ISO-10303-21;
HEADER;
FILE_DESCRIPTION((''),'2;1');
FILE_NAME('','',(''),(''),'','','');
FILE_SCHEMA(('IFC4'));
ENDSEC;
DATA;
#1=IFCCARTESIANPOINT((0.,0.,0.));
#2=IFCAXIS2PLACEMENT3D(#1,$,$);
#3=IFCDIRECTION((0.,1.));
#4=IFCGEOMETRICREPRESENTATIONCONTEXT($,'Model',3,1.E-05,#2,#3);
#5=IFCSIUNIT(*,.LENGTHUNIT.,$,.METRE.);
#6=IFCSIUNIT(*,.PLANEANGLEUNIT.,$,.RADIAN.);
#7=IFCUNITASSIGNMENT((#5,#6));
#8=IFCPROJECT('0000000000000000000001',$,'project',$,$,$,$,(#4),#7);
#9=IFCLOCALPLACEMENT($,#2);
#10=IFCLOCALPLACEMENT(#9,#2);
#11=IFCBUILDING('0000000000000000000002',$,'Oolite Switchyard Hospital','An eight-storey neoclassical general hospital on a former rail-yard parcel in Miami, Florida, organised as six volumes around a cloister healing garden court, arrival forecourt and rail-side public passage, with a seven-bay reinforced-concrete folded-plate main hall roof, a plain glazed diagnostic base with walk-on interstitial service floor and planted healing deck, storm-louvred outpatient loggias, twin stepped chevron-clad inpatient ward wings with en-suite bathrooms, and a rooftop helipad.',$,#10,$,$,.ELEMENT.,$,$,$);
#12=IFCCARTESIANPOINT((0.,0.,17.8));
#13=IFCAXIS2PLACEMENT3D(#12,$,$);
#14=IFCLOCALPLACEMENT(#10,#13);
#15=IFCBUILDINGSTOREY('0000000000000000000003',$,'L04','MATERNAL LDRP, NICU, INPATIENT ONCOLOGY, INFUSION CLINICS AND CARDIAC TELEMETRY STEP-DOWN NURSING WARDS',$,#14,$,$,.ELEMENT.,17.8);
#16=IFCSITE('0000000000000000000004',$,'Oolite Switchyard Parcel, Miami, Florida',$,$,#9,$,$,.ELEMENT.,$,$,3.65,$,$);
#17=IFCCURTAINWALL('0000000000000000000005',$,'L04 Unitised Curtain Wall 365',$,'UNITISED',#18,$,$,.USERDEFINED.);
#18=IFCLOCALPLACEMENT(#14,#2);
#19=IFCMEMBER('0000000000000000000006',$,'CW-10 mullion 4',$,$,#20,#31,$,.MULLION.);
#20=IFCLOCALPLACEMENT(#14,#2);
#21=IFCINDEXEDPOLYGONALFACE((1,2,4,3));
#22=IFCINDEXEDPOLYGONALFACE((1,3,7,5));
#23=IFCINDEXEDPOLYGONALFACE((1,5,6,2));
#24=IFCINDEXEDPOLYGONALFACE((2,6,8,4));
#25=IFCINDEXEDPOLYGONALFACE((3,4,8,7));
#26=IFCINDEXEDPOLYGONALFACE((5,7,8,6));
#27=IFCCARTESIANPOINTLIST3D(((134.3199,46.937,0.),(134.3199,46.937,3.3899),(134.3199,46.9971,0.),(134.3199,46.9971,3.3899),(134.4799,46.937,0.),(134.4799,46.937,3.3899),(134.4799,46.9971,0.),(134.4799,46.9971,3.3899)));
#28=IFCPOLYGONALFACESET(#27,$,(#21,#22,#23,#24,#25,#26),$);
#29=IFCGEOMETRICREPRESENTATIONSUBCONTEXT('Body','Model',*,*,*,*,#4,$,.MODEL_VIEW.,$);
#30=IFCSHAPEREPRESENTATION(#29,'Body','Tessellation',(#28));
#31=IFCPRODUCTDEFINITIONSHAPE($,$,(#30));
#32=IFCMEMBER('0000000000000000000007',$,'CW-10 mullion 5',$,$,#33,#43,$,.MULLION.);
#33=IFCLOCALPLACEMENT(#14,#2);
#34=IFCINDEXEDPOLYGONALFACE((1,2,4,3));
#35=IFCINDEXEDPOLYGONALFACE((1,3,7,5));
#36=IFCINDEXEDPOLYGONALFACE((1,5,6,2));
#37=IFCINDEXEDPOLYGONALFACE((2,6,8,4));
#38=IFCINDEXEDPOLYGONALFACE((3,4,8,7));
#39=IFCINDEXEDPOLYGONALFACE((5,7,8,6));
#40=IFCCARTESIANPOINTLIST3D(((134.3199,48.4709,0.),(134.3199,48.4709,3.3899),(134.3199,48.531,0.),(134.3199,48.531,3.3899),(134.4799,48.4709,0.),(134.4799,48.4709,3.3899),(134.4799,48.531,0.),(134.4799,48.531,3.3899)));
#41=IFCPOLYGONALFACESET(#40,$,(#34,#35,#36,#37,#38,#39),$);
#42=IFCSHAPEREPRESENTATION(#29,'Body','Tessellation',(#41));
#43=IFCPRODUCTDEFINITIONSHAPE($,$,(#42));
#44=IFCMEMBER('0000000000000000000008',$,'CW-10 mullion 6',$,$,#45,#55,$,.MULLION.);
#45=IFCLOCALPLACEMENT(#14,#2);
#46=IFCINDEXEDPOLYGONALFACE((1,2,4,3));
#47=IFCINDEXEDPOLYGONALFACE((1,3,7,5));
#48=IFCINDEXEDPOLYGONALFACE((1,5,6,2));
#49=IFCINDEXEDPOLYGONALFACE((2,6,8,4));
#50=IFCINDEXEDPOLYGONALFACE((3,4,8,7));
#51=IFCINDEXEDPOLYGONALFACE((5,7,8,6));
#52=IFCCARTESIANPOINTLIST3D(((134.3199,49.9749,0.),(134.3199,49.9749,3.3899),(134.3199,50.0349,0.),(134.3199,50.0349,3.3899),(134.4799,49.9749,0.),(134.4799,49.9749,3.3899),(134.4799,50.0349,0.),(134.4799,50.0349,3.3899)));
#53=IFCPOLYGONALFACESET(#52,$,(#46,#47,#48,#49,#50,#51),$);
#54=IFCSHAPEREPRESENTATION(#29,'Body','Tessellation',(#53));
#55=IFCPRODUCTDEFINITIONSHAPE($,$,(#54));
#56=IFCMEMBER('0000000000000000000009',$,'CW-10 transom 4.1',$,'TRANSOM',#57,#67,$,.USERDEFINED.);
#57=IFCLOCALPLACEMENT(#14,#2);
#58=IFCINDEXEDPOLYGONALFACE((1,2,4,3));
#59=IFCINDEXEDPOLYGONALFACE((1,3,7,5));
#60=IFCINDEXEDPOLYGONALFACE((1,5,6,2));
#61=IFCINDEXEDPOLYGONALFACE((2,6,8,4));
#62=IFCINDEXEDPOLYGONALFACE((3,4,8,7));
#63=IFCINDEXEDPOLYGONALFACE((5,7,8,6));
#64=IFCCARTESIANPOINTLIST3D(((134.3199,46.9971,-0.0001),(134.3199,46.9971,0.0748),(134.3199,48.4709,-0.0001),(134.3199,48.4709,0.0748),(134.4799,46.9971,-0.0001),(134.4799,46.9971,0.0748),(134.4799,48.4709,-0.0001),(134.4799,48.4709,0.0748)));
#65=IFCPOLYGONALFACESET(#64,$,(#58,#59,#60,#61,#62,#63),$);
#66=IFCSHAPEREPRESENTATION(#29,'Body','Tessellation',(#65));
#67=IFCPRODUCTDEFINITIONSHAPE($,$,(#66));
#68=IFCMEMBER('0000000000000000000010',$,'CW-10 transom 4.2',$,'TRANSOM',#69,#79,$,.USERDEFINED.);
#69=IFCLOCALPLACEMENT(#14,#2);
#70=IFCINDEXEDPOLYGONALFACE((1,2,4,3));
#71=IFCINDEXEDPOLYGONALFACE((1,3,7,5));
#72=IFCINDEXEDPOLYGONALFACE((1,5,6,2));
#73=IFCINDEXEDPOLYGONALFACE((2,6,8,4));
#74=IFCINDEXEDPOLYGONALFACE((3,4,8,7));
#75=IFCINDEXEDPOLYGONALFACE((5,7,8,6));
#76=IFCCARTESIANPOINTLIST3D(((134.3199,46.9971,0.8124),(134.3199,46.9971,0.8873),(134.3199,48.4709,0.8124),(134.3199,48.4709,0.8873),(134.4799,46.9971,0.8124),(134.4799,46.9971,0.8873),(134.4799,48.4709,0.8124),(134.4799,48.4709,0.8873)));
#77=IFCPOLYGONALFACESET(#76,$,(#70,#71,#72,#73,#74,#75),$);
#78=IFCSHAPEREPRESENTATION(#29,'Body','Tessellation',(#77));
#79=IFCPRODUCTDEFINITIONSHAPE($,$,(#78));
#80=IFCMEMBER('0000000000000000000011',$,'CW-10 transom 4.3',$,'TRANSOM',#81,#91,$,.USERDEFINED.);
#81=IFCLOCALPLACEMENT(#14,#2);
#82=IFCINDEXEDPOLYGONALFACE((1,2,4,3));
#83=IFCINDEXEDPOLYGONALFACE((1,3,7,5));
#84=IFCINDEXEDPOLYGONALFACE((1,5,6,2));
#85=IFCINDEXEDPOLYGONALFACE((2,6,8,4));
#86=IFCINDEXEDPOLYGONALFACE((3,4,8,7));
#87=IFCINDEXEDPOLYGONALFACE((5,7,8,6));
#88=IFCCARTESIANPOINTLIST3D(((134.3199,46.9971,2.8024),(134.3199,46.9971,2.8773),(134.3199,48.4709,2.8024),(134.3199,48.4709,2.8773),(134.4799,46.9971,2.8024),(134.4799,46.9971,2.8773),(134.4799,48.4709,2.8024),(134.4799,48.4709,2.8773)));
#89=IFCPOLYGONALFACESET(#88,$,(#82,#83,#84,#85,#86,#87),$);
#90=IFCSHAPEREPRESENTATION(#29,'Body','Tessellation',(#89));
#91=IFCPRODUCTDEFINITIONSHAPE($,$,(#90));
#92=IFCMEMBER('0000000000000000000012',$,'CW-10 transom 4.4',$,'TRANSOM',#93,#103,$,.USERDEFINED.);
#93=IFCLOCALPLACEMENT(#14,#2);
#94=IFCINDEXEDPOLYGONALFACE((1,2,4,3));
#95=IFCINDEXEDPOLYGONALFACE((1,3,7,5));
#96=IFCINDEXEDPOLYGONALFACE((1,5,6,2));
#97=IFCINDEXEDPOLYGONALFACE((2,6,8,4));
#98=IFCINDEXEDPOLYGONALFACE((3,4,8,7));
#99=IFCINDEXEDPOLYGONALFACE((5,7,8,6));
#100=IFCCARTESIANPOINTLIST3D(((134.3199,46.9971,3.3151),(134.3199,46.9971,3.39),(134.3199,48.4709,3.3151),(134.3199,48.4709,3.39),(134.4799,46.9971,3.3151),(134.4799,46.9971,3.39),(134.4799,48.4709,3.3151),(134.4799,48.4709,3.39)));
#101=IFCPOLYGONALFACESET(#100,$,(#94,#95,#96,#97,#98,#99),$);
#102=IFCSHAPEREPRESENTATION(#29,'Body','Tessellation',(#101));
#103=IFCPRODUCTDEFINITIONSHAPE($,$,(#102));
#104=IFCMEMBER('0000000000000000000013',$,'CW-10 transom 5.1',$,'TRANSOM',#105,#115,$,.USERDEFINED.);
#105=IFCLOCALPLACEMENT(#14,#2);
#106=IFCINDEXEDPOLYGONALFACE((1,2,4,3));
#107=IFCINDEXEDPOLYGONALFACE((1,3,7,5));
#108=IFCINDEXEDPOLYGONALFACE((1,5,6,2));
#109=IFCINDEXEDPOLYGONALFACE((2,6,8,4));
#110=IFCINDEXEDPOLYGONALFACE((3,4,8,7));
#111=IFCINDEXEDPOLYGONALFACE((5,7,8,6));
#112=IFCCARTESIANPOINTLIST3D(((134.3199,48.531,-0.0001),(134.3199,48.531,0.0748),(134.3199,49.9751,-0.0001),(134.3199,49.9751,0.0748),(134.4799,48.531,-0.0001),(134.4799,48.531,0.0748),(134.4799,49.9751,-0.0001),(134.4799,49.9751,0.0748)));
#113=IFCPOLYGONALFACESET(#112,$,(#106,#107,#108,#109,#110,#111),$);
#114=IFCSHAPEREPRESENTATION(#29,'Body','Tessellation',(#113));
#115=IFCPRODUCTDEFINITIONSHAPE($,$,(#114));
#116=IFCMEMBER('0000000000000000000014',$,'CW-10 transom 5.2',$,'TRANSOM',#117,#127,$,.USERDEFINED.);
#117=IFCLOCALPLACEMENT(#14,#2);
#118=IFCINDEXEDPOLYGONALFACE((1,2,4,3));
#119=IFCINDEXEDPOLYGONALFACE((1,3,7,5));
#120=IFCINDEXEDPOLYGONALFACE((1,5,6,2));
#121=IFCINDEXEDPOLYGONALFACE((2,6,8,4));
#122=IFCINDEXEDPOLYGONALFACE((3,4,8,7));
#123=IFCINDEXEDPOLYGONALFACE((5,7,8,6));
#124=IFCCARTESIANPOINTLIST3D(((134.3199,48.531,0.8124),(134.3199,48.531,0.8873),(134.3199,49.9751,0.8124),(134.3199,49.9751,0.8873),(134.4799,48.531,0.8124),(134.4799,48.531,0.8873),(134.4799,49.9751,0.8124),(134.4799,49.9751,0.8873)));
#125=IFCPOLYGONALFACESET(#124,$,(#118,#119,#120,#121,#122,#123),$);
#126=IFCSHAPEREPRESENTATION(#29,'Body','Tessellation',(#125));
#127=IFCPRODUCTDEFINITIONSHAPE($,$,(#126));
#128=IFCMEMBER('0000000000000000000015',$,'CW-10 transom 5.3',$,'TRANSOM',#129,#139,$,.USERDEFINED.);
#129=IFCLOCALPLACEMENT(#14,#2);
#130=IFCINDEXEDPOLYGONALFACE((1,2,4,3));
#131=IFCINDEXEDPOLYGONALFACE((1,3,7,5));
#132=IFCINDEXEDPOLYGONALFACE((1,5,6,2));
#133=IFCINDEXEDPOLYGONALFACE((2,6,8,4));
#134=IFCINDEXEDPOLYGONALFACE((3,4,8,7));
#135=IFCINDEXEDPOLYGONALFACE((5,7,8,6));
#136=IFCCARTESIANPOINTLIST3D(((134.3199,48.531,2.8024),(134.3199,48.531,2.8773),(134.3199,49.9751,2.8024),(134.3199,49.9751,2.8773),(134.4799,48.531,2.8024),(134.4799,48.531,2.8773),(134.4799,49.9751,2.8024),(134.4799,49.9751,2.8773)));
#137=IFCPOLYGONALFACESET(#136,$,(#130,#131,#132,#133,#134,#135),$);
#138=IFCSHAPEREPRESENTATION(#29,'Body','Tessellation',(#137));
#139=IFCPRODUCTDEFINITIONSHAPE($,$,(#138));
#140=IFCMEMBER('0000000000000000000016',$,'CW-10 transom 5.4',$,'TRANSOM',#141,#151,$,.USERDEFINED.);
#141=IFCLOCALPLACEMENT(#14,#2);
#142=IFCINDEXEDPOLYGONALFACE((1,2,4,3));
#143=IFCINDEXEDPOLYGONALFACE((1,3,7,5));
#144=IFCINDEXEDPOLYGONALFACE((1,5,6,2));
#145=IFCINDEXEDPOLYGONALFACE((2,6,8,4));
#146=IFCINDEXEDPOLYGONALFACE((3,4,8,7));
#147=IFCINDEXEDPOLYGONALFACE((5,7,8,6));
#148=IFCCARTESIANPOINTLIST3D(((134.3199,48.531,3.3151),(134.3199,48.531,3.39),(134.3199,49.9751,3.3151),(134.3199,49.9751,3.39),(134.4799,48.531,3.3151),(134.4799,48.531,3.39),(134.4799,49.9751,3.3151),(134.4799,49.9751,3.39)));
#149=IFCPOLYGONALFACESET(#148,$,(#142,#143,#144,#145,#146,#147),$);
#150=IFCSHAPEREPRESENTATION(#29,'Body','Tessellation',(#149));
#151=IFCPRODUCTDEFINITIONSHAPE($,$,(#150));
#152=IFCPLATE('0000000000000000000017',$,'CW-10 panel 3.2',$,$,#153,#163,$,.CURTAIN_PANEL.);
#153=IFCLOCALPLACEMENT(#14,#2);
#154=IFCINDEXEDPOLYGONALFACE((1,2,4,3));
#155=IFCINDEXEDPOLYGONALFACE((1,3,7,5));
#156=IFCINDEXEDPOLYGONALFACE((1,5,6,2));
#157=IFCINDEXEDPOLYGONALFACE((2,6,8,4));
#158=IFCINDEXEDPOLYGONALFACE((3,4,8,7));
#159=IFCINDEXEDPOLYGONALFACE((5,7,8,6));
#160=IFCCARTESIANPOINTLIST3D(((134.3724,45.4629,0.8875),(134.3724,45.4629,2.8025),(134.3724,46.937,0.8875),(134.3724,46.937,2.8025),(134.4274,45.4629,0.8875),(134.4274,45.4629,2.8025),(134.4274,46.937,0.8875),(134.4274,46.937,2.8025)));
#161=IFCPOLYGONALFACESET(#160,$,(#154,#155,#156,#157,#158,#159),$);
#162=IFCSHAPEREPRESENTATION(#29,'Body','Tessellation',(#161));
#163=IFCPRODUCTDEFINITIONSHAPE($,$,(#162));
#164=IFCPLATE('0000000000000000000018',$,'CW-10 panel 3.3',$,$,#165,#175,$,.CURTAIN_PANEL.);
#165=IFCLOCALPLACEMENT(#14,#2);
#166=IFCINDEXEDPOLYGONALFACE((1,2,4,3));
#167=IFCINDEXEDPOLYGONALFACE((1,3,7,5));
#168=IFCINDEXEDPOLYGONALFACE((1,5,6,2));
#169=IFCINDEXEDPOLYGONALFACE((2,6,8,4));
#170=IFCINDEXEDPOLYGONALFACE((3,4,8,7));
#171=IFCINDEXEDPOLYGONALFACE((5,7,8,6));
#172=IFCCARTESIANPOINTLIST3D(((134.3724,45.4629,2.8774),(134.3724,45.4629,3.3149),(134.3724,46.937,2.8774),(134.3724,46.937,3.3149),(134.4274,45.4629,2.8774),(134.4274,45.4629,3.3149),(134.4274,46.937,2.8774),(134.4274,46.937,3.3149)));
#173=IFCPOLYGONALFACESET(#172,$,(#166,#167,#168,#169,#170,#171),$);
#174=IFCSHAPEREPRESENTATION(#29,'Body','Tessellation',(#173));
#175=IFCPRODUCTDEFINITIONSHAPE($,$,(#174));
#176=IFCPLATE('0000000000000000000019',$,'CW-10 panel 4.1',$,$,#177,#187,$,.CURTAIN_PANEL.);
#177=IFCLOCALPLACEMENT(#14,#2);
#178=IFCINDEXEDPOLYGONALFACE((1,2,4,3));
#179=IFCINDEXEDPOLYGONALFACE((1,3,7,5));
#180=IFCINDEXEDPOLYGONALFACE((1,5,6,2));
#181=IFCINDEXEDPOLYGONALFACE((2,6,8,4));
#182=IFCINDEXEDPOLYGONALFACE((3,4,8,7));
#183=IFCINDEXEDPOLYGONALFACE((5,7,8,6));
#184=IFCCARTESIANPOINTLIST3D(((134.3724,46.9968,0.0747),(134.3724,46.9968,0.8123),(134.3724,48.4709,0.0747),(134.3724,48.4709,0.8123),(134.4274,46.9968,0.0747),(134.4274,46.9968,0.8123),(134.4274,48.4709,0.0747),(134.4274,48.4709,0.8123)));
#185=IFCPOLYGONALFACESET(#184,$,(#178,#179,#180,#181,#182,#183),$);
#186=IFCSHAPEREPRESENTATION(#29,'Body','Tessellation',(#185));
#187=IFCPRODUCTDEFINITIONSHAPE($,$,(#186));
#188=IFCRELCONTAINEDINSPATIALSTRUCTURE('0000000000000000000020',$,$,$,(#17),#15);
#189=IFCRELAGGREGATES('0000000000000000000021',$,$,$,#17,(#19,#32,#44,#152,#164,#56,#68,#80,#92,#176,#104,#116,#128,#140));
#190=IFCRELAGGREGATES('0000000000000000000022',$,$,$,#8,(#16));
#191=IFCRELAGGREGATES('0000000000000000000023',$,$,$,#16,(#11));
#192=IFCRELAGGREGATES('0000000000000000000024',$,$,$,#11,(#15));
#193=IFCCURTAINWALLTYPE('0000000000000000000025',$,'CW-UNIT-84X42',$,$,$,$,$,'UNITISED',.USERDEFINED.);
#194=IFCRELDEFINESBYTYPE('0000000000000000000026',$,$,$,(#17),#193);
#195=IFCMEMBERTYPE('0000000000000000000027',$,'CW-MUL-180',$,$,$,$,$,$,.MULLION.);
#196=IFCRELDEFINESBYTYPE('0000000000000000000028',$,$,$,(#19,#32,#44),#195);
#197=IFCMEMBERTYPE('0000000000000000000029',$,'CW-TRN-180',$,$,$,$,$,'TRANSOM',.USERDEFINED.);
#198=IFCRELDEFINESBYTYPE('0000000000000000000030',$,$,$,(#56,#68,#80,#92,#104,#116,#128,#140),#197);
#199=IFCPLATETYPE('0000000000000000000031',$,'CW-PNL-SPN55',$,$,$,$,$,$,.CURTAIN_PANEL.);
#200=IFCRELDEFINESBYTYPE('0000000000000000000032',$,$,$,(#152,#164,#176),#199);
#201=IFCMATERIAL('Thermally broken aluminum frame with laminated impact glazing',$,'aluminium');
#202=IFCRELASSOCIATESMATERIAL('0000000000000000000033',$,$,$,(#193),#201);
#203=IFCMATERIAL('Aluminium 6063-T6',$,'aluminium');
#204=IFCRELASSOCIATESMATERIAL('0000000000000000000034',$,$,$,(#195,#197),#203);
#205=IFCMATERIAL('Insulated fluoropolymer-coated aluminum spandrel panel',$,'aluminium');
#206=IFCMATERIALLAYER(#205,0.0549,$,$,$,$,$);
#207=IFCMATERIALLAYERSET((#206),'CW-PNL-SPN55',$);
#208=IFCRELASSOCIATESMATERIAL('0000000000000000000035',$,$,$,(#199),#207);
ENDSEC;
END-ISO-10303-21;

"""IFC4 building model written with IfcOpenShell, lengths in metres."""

from ifc_helpers import new_model, si_unit, direction, frame, origin, origin_2d, place, context, subcontext, project, spatial, rectangle, extrude, material, layer, layer_set, material_profile, profile_set, type_object, element, aggregate, save


model = new_model("IFC4")

# Units and contexts
model_context = context("Model", 3, precision=1e-05, world=origin(), true_north=direction((0.0, 1.0)))
body_context = subcontext(model_context, "Body", "Model", "MODEL_VIEW")
ifc_project = project(units=[si_unit("LENGTHUNIT", "METRE"), si_unit("PLANEANGLEUNIT", "RADIAN")], contexts=[model_context])

# Site, building, storey
site_placement = place(None, origin())
site = spatial("IfcSite", under=ifc_project, at=site_placement, Name="Oolite Switchyard Parcel, Miami, Florida", CompositionType="ELEMENT", RefElevation=3.65)
building_placement = place(site_placement, origin())
building = spatial("IfcBuilding", under=site, at=building_placement, Name="Oolite Switchyard Hospital", Description="An eight-storey neoclassical general hospital on a former rail-yard parcel in Miami, Florida, organised as six volumes around a cloister healing garden court, arrival forecourt and rail-side public passage, with a seven-bay reinforced-concrete folded-plate main hall roof, a plain glazed diagnostic base with walk-on interstitial service floor and planted healing deck, storm-louvred outpatient loggias, twin stepped chevron-clad inpatient ward wings with en-suite bathrooms, and a rooftop helipad.", CompositionType="ELEMENT")
storey_placement = place(building_placement, frame((0.0, 0.0, 17.8)))
storey = spatial("IfcBuildingStorey", under=building, at=storey_placement, Name="L04", Description="MATERNAL LDRP, NICU, INPATIENT ONCOLOGY, INFUSION CLINICS AND CARDIAC TELEMETRY STEP-DOWN NURSING WARDS", CompositionType="ELEMENT", Elevation=17.8)

# Curtain wall, members, plates
ifc_material_1 = material(Name="Thermally broken aluminum frame with laminated impact glazing", Category="aluminium")
curtain_wall_type = type_object("IfcCurtainWallType", Name="CW-UNIT-84X42", ElementType="UNITISED", PredefinedType="USERDEFINED", material=ifc_material_1)
curtain_wall_placement = place(storey_placement, origin())
curtain_wall = element("IfcCurtainWall", 1, at=curtain_wall_placement, inside=storey, type_object=curtain_wall_type, Name="L04 Unitised Curtain Wall 365", ObjectType="UNITISED", PredefinedType="USERDEFINED")
ifc_material_2 = material(Name="Aluminium 6063-T6", Category="aluminium")
ifc_material_profile_1 = material_profile(ifc_material_2, rectangle(XDim=0.1599, YDim=0.0601, at=origin_2d()), Name="CWM60X160")
ifc_profile_set_1 = profile_set([ifc_material_profile_1], Name="Aluminium 6063-T6")
member_type_1 = type_object("IfcMemberType", Name="CW-MUL-180", PredefinedType="MULLION", material=ifc_profile_set_1)
member_1_placement = place(storey_placement, frame((134.3999, 46.967, 0.0), z_axis=(0.0, 0.0, 1.0), x_axis=(-1.0, 0.0, 0.0)))
member_1 = element("IfcMember", 2, at=member_1_placement, type_object=member_type_1, Name="CW-10 mullion 4", PredefinedType="MULLION", context=body_context, shape_type="SweptSolid", body=[
    extrude(rectangle(XDim=0.1599, YDim=0.0601, at=origin_2d()), origin(), (0.0, 0.0, 1.0), 3.3899),
])
member_2_placement = place(storey_placement, frame((134.3999, 48.501, 0.0), z_axis=(0.0, 0.0, 1.0), x_axis=(-1.0, 0.0, 0.0)))
member_2 = element("IfcMember", 3, at=member_2_placement, type_object=member_type_1, Name="CW-10 mullion 5", PredefinedType="MULLION", context=body_context, shape_type="SweptSolid", body=[
    extrude(rectangle(XDim=0.1599, YDim=0.0601, at=origin_2d()), origin(), (0.0, 0.0, 1.0), 3.3899),
])
member_3_placement = place(storey_placement, frame((134.3999, 50.0049, 0.0), z_axis=(0.0, 0.0, 1.0), x_axis=(-1.0, 0.0, 0.0)))
member_3 = element("IfcMember", 4, at=member_3_placement, type_object=member_type_1, Name="CW-10 mullion 6", PredefinedType="MULLION", context=body_context, shape_type="SweptSolid", body=[
    extrude(rectangle(XDim=0.1599, YDim=0.0601, at=origin_2d()), origin(), (0.0, 0.0, 1.0), 3.3899),
])
ifc_material_profile_2 = material_profile(ifc_material_2, rectangle(XDim=0.1599, YDim=0.075, at=origin_2d()), Name="CWT75X160")
ifc_profile_set_2 = profile_set([ifc_material_profile_2], Name="Aluminium 6063-T6")
member_type_2 = type_object("IfcMemberType", Name="CW-TRN-180", ElementType="TRANSOM", PredefinedType="USERDEFINED", material=ifc_profile_set_2)
member_4_placement = place(storey_placement, frame((134.3999, 46.9971, 0.0374), z_axis=(0.0, 1.0, 0.0), x_axis=(-1.0, 0.0, 0.0)))
member_4 = element("IfcMember", 5, at=member_4_placement, type_object=member_type_2, Name="CW-10 transom 4.1", ObjectType="TRANSOM", PredefinedType="USERDEFINED", context=body_context, shape_type="SweptSolid", body=[
    extrude(rectangle(XDim=0.1599, YDim=0.075, at=origin_2d()), origin(), (0.0, 0.0, 1.0), 1.4739),
])
member_5_placement = place(storey_placement, frame((134.3999, 46.9971, 0.8499), z_axis=(0.0, 1.0, 0.0), x_axis=(-1.0, 0.0, 0.0)))
member_5 = element("IfcMember", 6, at=member_5_placement, type_object=member_type_2, Name="CW-10 transom 4.2", ObjectType="TRANSOM", PredefinedType="USERDEFINED", context=body_context, shape_type="SweptSolid", body=[
    extrude(rectangle(XDim=0.1599, YDim=0.075, at=origin_2d()), origin(), (0.0, 0.0, 1.0), 1.4739),
])
member_6_placement = place(storey_placement, frame((134.3999, 46.9971, 2.8398), z_axis=(0.0, 1.0, 0.0), x_axis=(-1.0, 0.0, 0.0)))
member_6 = element("IfcMember", 7, at=member_6_placement, type_object=member_type_2, Name="CW-10 transom 4.3", ObjectType="TRANSOM", PredefinedType="USERDEFINED", context=body_context, shape_type="SweptSolid", body=[
    extrude(rectangle(XDim=0.1599, YDim=0.075, at=origin_2d()), origin(), (0.0, 0.0, 1.0), 1.4739),
])
member_7_placement = place(storey_placement, frame((134.3999, 46.9971, 3.3525), z_axis=(0.0, 1.0, 0.0), x_axis=(-1.0, 0.0, 0.0)))
member_7 = element("IfcMember", 8, at=member_7_placement, type_object=member_type_2, Name="CW-10 transom 4.4", ObjectType="TRANSOM", PredefinedType="USERDEFINED", context=body_context, shape_type="SweptSolid", body=[
    extrude(rectangle(XDim=0.1599, YDim=0.075, at=origin_2d()), origin(), (0.0, 0.0, 1.0), 1.4739),
])
member_8_placement = place(storey_placement, frame((134.3999, 48.531, 0.0374), z_axis=(0.0, 1.0, 0.0), x_axis=(-1.0, 0.0, 0.0)))
member_8 = element("IfcMember", 9, at=member_8_placement, type_object=member_type_2, Name="CW-10 transom 5.1", ObjectType="TRANSOM", PredefinedType="USERDEFINED", context=body_context, shape_type="SweptSolid", body=[
    extrude(rectangle(XDim=0.1599, YDim=0.075, at=origin_2d()), origin(), (0.0, 0.0, 1.0), 1.4441),
])
member_9_placement = place(storey_placement, frame((134.3999, 48.531, 0.8499), z_axis=(0.0, 1.0, 0.0), x_axis=(-1.0, 0.0, 0.0)))
member_9 = element("IfcMember", 10, at=member_9_placement, type_object=member_type_2, Name="CW-10 transom 5.2", ObjectType="TRANSOM", PredefinedType="USERDEFINED", context=body_context, shape_type="SweptSolid", body=[
    extrude(rectangle(XDim=0.1599, YDim=0.075, at=origin_2d()), origin(), (0.0, 0.0, 1.0), 1.4441),
])
member_10_placement = place(storey_placement, frame((134.3999, 48.531, 2.8398), z_axis=(0.0, 1.0, 0.0), x_axis=(-1.0, 0.0, 0.0)))
member_10 = element("IfcMember", 11, at=member_10_placement, type_object=member_type_2, Name="CW-10 transom 5.3", ObjectType="TRANSOM", PredefinedType="USERDEFINED", context=body_context, shape_type="SweptSolid", body=[
    extrude(rectangle(XDim=0.1599, YDim=0.075, at=origin_2d()), origin(), (0.0, 0.0, 1.0), 1.4441),
])
member_11_placement = place(storey_placement, frame((134.3999, 48.531, 3.3525), z_axis=(0.0, 1.0, 0.0), x_axis=(-1.0, 0.0, 0.0)))
member_11 = element("IfcMember", 12, at=member_11_placement, type_object=member_type_2, Name="CW-10 transom 5.4", ObjectType="TRANSOM", PredefinedType="USERDEFINED", context=body_context, shape_type="SweptSolid", body=[
    extrude(rectangle(XDim=0.1599, YDim=0.075, at=origin_2d()), origin(), (0.0, 0.0, 1.0), 1.4441),
])
ifc_material_3 = material(Name="Insulated fluoropolymer-coated aluminum spandrel panel", Category="aluminium")
ifc_layer_1 = layer(ifc_material_3, 0.0549)
ifc_layer_set_1 = layer_set([ifc_layer_1], Name="CW-PNL-SPN55")
plate_type = type_object("IfcPlateType", Name="CW-PNL-SPN55", PredefinedType="CURTAIN_PANEL", material=ifc_layer_set_1)
plate_1_placement = place(storey_placement, frame((134.3999, 46.2, 0.8875), z_axis=(0.0, 0.0, 1.0), x_axis=(0.0, 1.0, 0.0)))
plate_1 = element("IfcPlate", 13, at=plate_1_placement, type_object=plate_type, Name="CW-10 panel 3.2", PredefinedType="CURTAIN_PANEL", context=body_context, shape_type="SweptSolid", body=[
    extrude(rectangle(XDim=1.4741, YDim=0.0549, at=origin_2d()), origin(), (0.0, 0.0, 1.0), 1.915),
])
plate_2_placement = place(storey_placement, frame((134.3999, 46.2, 2.8774), z_axis=(0.0, 0.0, 1.0), x_axis=(0.0, 1.0, 0.0)))
plate_2 = element("IfcPlate", 14, at=plate_2_placement, type_object=plate_type, Name="CW-10 panel 3.3", PredefinedType="CURTAIN_PANEL", context=body_context, shape_type="SweptSolid", body=[
    extrude(rectangle(XDim=1.4741, YDim=0.0549, at=origin_2d()), origin(), (0.0, 0.0, 1.0), 0.4375),
])
plate_3_placement = place(storey_placement, frame((134.3999, 47.7339, 0.0747), z_axis=(0.0, 0.0, 1.0), x_axis=(0.0, 1.0, 0.0)))
plate_3 = element("IfcPlate", 15, at=plate_3_placement, type_object=plate_type, Name="CW-10 panel 4.1", PredefinedType="CURTAIN_PANEL", context=body_context, shape_type="SweptSolid", body=[
    extrude(rectangle(XDim=1.4741, YDim=0.0549, at=origin_2d()), origin(), (0.0, 0.0, 1.0), 0.7375),
])
aggregate(curtain_wall, [member_1, member_2, member_3, plate_1, plate_2, member_4, member_5, member_6, member_7, plate_3, member_8, member_9, member_10, member_11])

save(model, "model.ifc")
